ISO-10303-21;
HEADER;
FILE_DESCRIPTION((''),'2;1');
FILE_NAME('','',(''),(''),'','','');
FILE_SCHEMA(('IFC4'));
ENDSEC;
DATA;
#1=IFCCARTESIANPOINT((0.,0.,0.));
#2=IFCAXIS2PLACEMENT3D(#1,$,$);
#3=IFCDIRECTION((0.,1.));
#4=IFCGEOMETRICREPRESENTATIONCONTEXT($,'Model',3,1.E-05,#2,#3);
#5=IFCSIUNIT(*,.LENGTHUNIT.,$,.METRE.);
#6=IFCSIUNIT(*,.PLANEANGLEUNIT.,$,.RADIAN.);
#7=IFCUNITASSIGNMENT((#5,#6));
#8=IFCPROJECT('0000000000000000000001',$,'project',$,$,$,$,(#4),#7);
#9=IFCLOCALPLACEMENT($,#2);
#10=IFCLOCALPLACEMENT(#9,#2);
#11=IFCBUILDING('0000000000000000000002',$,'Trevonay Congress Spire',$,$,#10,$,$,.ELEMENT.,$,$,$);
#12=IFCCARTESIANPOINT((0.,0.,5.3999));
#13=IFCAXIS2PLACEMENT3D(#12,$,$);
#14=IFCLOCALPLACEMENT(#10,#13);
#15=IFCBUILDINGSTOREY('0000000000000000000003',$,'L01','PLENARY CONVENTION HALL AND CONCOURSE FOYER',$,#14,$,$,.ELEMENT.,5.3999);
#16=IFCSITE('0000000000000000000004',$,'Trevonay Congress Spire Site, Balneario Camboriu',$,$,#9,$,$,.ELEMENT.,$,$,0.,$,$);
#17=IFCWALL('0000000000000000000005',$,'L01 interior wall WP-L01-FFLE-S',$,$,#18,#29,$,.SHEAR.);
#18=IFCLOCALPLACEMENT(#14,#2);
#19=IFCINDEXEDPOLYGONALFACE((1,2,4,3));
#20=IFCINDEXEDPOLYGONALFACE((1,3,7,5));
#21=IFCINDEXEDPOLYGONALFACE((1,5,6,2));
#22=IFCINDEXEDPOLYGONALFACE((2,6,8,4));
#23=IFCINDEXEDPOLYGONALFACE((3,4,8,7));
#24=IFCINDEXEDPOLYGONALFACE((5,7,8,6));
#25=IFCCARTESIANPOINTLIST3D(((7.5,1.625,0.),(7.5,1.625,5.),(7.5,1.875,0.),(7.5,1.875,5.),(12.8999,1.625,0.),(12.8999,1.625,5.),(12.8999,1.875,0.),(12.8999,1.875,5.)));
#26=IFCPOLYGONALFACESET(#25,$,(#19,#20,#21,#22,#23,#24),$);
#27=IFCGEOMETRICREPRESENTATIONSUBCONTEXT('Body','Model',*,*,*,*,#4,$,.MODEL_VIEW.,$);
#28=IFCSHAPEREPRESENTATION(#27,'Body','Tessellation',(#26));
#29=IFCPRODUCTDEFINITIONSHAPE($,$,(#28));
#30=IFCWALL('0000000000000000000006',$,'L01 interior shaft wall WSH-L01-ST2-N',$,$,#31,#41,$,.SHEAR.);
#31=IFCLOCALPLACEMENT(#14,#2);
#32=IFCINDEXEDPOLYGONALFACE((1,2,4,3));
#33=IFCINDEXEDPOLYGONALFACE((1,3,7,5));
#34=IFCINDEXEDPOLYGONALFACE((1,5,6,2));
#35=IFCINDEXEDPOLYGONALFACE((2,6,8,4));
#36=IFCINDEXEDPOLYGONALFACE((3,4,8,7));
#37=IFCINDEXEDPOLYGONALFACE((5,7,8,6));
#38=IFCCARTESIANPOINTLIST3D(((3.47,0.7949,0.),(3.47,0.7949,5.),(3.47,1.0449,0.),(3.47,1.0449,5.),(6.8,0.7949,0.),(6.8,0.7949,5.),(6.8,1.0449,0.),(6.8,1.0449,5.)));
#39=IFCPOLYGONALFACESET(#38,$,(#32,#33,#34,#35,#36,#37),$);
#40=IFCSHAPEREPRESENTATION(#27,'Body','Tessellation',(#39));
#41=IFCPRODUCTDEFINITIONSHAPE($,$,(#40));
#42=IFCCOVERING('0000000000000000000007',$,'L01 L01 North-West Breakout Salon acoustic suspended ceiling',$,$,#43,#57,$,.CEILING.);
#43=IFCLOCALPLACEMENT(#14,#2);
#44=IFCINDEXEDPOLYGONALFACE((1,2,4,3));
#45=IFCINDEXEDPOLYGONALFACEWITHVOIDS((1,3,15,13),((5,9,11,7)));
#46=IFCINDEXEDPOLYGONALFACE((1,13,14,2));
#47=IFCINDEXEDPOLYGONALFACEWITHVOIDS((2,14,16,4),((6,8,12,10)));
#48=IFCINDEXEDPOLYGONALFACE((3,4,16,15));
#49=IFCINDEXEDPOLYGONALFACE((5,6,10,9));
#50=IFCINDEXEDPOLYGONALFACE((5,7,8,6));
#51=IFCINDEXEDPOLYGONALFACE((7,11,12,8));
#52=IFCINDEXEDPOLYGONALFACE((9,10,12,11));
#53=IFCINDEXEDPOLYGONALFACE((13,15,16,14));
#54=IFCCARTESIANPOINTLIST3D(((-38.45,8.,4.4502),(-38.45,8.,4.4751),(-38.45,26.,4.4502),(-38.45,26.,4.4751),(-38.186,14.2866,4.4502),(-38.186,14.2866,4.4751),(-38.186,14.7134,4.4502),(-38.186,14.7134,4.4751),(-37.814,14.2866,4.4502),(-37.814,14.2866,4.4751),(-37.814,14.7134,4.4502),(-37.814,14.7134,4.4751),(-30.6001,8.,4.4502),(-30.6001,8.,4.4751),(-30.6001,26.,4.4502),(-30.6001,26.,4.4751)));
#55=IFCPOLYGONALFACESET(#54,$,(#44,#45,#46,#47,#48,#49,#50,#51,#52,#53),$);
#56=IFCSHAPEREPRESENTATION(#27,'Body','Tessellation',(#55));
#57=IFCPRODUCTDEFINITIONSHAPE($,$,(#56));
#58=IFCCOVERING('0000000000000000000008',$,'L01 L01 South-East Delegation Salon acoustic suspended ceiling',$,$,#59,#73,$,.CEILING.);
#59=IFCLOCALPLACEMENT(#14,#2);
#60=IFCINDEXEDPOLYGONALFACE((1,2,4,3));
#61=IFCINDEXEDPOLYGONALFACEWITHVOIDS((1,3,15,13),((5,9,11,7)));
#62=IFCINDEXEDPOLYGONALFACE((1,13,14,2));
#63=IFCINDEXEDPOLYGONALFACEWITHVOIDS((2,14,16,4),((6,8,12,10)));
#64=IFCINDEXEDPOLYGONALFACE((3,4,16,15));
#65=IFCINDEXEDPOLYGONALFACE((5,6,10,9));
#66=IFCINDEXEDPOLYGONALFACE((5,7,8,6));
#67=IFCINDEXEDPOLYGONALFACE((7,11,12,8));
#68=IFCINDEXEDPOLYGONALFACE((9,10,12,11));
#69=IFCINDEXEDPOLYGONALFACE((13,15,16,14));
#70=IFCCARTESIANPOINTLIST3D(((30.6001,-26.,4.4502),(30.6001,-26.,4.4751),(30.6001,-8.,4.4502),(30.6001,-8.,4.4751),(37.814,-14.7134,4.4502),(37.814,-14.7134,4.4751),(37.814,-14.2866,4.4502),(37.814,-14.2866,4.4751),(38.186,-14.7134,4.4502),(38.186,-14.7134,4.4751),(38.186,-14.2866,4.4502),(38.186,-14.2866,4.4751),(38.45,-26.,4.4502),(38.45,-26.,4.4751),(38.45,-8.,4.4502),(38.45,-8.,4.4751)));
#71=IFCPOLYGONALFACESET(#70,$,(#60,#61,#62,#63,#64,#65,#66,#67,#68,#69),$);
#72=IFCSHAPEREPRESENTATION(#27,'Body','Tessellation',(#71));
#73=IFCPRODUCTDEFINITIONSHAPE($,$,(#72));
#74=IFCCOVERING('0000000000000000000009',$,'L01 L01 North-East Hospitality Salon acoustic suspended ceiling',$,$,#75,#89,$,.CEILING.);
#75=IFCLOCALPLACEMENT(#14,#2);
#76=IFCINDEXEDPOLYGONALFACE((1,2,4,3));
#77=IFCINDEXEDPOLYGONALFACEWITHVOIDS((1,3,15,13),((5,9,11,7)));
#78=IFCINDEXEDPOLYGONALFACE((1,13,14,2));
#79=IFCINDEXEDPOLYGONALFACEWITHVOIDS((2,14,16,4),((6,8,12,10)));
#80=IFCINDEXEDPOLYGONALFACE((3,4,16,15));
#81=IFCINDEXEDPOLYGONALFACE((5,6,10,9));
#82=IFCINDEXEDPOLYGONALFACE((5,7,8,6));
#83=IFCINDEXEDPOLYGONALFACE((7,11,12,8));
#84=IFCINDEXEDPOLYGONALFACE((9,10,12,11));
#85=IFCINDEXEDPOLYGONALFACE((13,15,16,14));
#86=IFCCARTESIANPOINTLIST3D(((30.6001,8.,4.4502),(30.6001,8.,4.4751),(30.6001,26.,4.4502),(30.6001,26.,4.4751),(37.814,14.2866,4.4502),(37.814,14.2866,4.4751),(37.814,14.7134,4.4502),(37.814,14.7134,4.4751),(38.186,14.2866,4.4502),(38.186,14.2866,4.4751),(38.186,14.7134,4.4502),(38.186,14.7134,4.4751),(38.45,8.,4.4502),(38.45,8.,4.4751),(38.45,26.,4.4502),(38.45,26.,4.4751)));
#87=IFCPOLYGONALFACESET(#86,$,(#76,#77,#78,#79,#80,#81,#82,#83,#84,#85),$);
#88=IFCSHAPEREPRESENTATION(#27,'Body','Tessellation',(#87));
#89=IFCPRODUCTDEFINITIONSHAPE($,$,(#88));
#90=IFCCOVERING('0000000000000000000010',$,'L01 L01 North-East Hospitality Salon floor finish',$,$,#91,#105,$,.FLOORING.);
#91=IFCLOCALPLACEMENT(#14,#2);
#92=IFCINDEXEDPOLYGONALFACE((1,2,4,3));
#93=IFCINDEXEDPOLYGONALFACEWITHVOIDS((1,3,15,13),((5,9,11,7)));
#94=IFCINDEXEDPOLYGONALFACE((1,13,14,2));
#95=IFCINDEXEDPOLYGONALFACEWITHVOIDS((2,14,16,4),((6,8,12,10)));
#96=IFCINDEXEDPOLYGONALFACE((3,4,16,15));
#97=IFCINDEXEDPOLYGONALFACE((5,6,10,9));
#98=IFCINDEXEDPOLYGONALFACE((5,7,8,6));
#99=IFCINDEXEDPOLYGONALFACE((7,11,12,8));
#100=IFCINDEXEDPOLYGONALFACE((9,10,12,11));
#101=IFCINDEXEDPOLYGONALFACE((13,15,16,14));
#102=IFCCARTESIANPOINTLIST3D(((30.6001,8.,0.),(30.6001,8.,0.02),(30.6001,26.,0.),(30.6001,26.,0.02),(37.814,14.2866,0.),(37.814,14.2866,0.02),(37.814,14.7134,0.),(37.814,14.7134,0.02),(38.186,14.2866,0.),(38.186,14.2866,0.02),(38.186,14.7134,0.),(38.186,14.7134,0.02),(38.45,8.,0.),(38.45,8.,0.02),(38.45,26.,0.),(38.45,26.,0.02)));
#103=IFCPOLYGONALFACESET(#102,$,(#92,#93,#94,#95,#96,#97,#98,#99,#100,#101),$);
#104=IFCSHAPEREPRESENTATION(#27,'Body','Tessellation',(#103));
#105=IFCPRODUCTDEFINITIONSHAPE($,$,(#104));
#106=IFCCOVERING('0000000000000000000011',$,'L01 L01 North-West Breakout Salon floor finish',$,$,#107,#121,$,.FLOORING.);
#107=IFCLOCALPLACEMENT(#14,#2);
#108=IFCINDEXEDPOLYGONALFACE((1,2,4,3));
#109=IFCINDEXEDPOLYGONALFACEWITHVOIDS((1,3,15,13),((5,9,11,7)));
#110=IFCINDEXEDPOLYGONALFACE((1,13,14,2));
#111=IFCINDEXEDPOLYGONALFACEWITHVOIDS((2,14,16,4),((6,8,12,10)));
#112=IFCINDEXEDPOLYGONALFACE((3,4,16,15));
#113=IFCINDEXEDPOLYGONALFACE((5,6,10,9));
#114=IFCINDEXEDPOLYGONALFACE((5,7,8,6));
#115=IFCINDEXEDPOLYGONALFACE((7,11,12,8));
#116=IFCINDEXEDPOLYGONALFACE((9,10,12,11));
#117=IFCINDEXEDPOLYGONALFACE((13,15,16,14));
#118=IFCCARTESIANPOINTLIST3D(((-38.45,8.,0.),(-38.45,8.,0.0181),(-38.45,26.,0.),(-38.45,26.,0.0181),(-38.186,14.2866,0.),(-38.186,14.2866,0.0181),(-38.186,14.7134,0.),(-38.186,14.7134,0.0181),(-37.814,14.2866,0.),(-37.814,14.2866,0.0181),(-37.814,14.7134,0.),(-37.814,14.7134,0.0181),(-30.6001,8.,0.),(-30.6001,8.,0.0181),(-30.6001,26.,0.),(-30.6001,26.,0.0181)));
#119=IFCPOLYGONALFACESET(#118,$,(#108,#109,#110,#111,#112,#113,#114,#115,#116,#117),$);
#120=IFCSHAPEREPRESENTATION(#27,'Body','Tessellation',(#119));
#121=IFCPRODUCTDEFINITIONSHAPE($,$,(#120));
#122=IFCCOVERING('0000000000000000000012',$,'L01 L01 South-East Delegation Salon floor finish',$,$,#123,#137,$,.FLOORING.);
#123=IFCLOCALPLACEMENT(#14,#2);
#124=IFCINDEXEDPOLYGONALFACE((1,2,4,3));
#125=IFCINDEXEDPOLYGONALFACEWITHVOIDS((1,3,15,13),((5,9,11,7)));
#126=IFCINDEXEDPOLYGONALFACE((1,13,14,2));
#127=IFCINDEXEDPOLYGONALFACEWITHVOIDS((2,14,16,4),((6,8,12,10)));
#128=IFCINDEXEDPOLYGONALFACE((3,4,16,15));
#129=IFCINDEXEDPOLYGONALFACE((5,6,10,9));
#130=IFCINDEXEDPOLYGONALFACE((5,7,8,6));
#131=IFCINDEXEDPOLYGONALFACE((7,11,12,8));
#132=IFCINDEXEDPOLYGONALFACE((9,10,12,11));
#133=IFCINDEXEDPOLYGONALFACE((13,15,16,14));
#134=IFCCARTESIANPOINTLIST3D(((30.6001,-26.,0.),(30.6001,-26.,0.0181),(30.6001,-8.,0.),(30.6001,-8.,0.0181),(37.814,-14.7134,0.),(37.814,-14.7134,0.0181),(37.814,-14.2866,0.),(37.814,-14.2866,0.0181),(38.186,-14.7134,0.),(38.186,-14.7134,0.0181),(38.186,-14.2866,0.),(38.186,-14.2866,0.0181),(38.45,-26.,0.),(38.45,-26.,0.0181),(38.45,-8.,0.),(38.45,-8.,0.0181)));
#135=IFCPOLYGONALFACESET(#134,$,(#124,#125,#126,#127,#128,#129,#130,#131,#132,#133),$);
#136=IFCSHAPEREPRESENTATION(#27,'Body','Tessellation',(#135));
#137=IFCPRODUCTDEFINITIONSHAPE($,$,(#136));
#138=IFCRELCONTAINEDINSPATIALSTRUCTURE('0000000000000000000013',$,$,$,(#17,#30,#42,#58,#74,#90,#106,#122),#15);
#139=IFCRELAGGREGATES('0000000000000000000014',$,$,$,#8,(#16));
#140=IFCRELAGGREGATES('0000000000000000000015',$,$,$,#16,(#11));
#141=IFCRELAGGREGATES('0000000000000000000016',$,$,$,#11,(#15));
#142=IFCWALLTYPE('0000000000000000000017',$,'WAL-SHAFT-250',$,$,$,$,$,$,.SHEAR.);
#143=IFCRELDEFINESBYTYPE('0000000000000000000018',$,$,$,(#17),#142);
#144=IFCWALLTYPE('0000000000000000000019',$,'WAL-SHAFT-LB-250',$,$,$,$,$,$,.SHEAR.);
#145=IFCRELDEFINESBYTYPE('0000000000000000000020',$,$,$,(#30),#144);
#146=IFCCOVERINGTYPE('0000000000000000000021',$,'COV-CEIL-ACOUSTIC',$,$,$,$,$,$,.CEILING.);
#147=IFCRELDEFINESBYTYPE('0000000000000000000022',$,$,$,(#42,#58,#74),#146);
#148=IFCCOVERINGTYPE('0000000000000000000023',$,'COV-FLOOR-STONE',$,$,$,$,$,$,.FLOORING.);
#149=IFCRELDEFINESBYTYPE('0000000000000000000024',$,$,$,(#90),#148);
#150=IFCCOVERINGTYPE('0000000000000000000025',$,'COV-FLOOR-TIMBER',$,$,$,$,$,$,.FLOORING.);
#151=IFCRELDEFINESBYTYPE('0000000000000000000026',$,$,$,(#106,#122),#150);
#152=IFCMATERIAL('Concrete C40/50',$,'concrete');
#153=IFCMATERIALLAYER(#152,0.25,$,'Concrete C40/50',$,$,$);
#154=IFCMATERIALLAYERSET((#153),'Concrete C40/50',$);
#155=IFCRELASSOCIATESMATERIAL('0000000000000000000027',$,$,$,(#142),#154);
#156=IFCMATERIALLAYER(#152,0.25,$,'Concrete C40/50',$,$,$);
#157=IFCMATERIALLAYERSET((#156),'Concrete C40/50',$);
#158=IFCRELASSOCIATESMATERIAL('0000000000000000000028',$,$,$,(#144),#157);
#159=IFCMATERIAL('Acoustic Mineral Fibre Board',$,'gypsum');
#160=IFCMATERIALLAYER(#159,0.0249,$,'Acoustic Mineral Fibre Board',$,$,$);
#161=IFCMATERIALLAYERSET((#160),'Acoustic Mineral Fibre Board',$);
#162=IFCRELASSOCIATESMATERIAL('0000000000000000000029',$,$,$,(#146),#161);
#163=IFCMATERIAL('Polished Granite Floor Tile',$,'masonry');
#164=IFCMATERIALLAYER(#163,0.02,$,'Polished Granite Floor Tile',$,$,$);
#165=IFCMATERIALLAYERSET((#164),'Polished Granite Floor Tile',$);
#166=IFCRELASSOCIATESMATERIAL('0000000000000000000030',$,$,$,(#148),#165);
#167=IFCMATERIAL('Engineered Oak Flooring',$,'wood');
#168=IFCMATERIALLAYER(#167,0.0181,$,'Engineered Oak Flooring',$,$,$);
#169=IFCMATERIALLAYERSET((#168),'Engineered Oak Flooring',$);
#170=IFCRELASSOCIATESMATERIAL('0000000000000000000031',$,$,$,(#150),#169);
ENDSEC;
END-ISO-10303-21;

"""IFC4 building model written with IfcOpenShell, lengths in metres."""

from ifc_helpers import new_model, si_unit, direction, frame, frame_2d, origin, place, context, subcontext, project, spatial, polyline, rectangle, outline, extrude, material, layer, layer_set, type_object, element, save


model = new_model("IFC4")

# Units and contexts
model_context = context("Model", 3, precision=1e-05, world=origin(), true_north=direction((0.0, 1.0)))
body_context = subcontext(model_context, "Body", "Model", "MODEL_VIEW")
ifc_project = project(units=[si_unit("LENGTHUNIT", "METRE"), si_unit("PLANEANGLEUNIT", "RADIAN")], contexts=[model_context])

# Site, building, storey
site_placement = place(None, origin())
site = spatial("IfcSite", under=ifc_project, at=site_placement, Name="Trevonay Congress Spire Site, Balneario Camboriu", CompositionType="ELEMENT", RefElevation=0.0)
building_placement = place(site_placement, origin())
building = spatial("IfcBuilding", under=site, at=building_placement, Name="Trevonay Congress Spire", CompositionType="ELEMENT")
storey_placement = place(building_placement, frame((0.0, 0.0, 5.3999)))
storey = spatial("IfcBuildingStorey", under=building, at=storey_placement, Name="L01", Description="PLENARY CONVENTION HALL AND CONCOURSE FOYER", CompositionType="ELEMENT", Elevation=5.3999)

# Shared definitions
ifc_material_1 = material(Name="Concrete C40/50", Category="concrete")

# Shared definitions
ifc_layer_1 = layer(ifc_material_1, 0.25, Name="Concrete C40/50")
ifc_layer_set_1 = layer_set([ifc_layer_1], Name="Concrete C40/50")
wall_type_1 = type_object("IfcWallType", Name="WAL-SHAFT-250", PredefinedType="SHEAR", material=ifc_layer_set_1)

# Walls
wall_1_placement = place(storey_placement, frame((7.5, 1.75, 0.0), z_axis=(0.0, 0.0, 1.0), x_axis=(1.0, 0.0, 0.0)))
element("IfcWall", 1, at=wall_1_placement, inside=storey, type_object=wall_type_1, Name="L01 interior wall WP-L01-FFLE-S", PredefinedType="SHEAR", context=body_context, shape_type="SweptSolid", body=[
    extrude(rectangle(XDim=5.3999, YDim=0.25, at=frame_2d((2.7, 0.0))), origin(), (0.0, 0.0, 1.0), 5.0),
])
ifc_layer_2 = layer(ifc_material_1, 0.25, Name="Concrete C40/50")
ifc_layer_set_2 = layer_set([ifc_layer_2], Name="Concrete C40/50")
wall_type_2 = type_object("IfcWallType", Name="WAL-SHAFT-LB-250", PredefinedType="SHEAR", material=ifc_layer_set_2)
wall_2_placement = place(storey_placement, frame((3.47, 0.9199, 0.0), z_axis=(0.0, 0.0, 1.0), x_axis=(1.0, 0.0, 0.0)))
element("IfcWall", 2, at=wall_2_placement, inside=storey, type_object=wall_type_2, Name="L01 interior shaft wall WSH-L01-ST2-N", PredefinedType="SHEAR", context=body_context, shape_type="SweptSolid", body=[
    extrude(rectangle(XDim=3.3301, YDim=0.25, at=frame_2d((1.665, 0.0))), origin(), (0.0, 0.0, 1.0), 5.0),
])

# Coverings
ifc_material_2 = material(Name="Acoustic Mineral Fibre Board", Category="gypsum")
ifc_layer_3 = layer(ifc_material_2, 0.0249, Name="Acoustic Mineral Fibre Board")
ifc_layer_set_3 = layer_set([ifc_layer_3], Name="Acoustic Mineral Fibre Board")
covering_type_1 = type_object("IfcCoveringType", Name="COV-CEIL-ACOUSTIC", PredefinedType="CEILING", material=ifc_layer_set_3)
covering_1_placement = place(storey_placement, frame((0.0, 0.0, 4.4502)))
element("IfcCovering", 3, at=covering_1_placement, inside=storey, type_object=covering_type_1, Name="L01 L01 North-West Breakout Salon acoustic suspended ceiling", PredefinedType="CEILING", context=body_context, shape_type="SweptSolid", body=[
    extrude(outline(polyline([(-38.45, 26.0), (-30.6001, 26.0), (-30.6001, 8.0), (-38.45, 8.0), (-38.45, 26.0)]), holes=[polyline([(-37.814, 14.2866), (-37.814, 14.7134), (-38.186, 14.7134), (-38.186, 14.2866), (-37.814, 14.2866)])]), origin(), (0.0, 0.0, 1.0), 0.0249),
])
covering_2_placement = place(storey_placement, frame((0.0, 0.0, 4.4502)))
element("IfcCovering", 4, at=covering_2_placement, inside=storey, type_object=covering_type_1, Name="L01 L01 South-East Delegation Salon acoustic suspended ceiling", PredefinedType="CEILING", context=body_context, shape_type="SweptSolid", body=[
    extrude(outline(polyline([(30.6001, -8.0), (38.45, -8.0), (38.45, -26.0), (30.6001, -26.0), (30.6001, -8.0)]), holes=[polyline([(38.186, -14.7134), (38.186, -14.2866), (37.814, -14.2866), (37.814, -14.7134), (38.186, -14.7134)])]), origin(), (0.0, 0.0, 1.0), 0.0249),
])
covering_3_placement = place(storey_placement, frame((0.0, 0.0, 4.4502)))
element("IfcCovering", 5, at=covering_3_placement, inside=storey, type_object=covering_type_1, Name="L01 L01 North-East Hospitality Salon acoustic suspended ceiling", PredefinedType="CEILING", context=body_context, shape_type="SweptSolid", body=[
    extrude(outline(polyline([(30.6001, 26.0), (38.45, 26.0), (38.45, 8.0), (30.6001, 8.0), (30.6001, 26.0)]), holes=[polyline([(38.186, 14.2866), (38.186, 14.7134), (37.814, 14.7134), (37.814, 14.2866), (38.186, 14.2866)])]), origin(), (0.0, 0.0, 1.0), 0.0249),
])
ifc_material_3 = material(Name="Polished Granite Floor Tile", Category="masonry")
ifc_layer_4 = layer(ifc_material_3, 0.02, Name="Polished Granite Floor Tile")
ifc_layer_set_4 = layer_set([ifc_layer_4], Name="Polished Granite Floor Tile")
covering_type_2 = type_object("IfcCoveringType", Name="COV-FLOOR-STONE", PredefinedType="FLOORING", material=ifc_layer_set_4)
covering_4_placement = place(storey_placement, origin())
element("IfcCovering", 6, at=covering_4_placement, inside=storey, type_object=covering_type_2, Name="L01 L01 North-East Hospitality Salon floor finish", PredefinedType="FLOORING", context=body_context, shape_type="SweptSolid", body=[
    extrude(outline(polyline([(30.6001, 26.0), (38.45, 26.0), (38.45, 8.0), (30.6001, 8.0), (30.6001, 26.0)]), holes=[polyline([(38.186, 14.2866), (38.186, 14.7134), (37.814, 14.7134), (37.814, 14.2866), (38.186, 14.2866)])]), origin(), (0.0, 0.0, 1.0), 0.02),
])
ifc_material_4 = material(Name="Engineered Oak Flooring", Category="wood")
ifc_layer_5 = layer(ifc_material_4, 0.0181, Name="Engineered Oak Flooring")
ifc_layer_set_5 = layer_set([ifc_layer_5], Name="Engineered Oak Flooring")
covering_type_3 = type_object("IfcCoveringType", Name="COV-FLOOR-TIMBER", PredefinedType="FLOORING", material=ifc_layer_set_5)
covering_5_placement = place(storey_placement, origin())
element("IfcCovering", 7, at=covering_5_placement, inside=storey, type_object=covering_type_3, Name="L01 L01 North-West Breakout Salon floor finish", PredefinedType="FLOORING", context=body_context, shape_type="SweptSolid", body=[
    extrude(outline(polyline([(-38.45, 26.0), (-30.6001, 26.0), (-30.6001, 8.0), (-38.45, 8.0), (-38.45, 26.0)]), holes=[polyline([(-37.814, 14.2866), (-37.814, 14.7134), (-38.186, 14.7134), (-38.186, 14.2866), (-37.814, 14.2866)])]), origin(), (0.0, 0.0, 1.0), 0.0181),
])
covering_6_placement = place(storey_placement, origin())
element("IfcCovering", 8, at=covering_6_placement, inside=storey, type_object=covering_type_3, Name="L01 L01 South-East Delegation Salon floor finish", PredefinedType="FLOORING", context=body_context, shape_type="SweptSolid", body=[
    extrude(outline(polyline([(30.6001, -8.0), (38.45, -8.0), (38.45, -26.0), (30.6001, -26.0), (30.6001, -8.0)]), holes=[polyline([(38.186, -14.7134), (38.186, -14.2866), (37.814, -14.2866), (37.814, -14.7134), (38.186, -14.7134)])]), origin(), (0.0, 0.0, 1.0), 0.0181),
])

save(model, "model.ifc")
